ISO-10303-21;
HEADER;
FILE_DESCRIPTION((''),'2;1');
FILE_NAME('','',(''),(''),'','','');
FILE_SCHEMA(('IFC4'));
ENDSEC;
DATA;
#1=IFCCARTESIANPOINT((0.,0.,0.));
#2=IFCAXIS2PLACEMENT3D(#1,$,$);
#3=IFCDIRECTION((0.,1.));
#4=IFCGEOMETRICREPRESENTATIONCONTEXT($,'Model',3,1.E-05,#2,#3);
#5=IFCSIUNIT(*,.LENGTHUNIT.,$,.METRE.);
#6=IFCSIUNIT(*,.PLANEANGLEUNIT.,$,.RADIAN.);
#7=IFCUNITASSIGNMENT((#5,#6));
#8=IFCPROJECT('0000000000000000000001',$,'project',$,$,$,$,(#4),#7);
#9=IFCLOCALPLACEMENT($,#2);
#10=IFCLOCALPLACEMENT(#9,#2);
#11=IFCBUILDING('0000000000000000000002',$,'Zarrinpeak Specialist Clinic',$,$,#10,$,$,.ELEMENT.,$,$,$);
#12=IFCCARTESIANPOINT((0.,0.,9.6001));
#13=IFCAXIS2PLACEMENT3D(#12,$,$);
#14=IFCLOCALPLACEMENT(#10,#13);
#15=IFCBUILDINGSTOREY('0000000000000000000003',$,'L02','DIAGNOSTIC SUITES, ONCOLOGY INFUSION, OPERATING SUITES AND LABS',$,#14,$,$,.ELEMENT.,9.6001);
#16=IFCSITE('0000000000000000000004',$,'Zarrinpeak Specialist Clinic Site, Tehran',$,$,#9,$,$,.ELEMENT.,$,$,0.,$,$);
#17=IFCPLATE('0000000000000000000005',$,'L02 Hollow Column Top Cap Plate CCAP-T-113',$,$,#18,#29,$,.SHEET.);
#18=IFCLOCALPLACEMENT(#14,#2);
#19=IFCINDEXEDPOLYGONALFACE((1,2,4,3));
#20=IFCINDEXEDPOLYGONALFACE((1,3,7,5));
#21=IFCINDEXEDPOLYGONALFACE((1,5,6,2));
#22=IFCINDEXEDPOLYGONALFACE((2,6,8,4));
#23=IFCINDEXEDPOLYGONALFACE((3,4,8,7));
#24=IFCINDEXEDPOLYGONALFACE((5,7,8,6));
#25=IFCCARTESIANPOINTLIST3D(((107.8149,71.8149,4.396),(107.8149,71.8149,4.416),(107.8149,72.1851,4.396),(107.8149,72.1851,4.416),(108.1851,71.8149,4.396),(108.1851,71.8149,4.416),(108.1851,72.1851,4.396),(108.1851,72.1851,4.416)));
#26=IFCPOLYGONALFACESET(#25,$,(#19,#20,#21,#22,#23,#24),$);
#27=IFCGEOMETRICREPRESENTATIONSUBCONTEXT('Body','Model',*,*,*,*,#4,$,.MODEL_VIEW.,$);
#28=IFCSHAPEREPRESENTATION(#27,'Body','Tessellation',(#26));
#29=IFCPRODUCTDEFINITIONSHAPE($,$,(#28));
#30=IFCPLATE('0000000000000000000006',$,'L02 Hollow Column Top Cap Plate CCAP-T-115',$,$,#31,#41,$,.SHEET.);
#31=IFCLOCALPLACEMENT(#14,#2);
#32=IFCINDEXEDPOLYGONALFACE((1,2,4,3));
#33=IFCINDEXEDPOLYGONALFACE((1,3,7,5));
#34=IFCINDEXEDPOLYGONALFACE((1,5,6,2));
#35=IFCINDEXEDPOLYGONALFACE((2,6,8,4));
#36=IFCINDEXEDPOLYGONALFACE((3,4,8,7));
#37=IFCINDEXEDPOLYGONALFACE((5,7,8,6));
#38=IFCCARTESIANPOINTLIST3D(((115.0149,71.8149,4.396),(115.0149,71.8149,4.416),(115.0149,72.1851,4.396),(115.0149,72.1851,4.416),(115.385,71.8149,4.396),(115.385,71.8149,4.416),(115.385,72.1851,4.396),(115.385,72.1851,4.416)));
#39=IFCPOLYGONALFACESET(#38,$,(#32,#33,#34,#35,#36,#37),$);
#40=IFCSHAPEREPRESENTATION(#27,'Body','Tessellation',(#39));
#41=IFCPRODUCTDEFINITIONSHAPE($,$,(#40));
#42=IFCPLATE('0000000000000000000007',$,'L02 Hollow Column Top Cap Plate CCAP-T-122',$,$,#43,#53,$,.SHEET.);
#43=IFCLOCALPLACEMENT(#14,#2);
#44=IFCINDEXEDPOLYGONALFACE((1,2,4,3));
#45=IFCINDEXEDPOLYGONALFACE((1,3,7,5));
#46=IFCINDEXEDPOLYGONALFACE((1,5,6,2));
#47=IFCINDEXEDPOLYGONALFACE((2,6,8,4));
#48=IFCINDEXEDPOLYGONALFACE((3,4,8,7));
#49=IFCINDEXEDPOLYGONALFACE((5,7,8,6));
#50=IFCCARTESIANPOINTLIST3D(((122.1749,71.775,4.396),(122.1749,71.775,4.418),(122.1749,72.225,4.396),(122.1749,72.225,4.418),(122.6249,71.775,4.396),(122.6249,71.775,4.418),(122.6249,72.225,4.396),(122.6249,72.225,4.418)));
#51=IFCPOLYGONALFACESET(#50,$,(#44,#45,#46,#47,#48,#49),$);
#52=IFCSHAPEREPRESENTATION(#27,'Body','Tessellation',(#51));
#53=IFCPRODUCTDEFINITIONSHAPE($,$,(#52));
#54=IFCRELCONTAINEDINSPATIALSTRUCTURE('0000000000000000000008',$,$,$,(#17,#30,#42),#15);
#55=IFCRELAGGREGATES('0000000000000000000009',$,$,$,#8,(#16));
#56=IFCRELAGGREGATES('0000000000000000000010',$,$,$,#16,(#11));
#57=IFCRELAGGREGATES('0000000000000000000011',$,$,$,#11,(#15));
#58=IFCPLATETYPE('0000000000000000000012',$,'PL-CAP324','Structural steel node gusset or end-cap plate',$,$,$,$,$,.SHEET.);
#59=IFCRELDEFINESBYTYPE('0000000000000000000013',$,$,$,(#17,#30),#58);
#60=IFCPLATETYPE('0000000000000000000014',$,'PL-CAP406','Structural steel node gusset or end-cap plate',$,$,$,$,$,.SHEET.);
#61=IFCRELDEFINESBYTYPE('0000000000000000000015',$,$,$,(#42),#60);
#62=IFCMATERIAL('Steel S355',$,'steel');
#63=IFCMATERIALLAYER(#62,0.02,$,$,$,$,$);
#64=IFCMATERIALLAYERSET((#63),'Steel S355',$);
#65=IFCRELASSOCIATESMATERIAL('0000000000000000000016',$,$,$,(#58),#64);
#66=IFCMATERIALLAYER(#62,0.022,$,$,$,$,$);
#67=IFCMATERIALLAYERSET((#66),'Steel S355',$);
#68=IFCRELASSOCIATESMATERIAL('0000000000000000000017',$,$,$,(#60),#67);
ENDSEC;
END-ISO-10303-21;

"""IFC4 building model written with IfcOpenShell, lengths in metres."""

from ifc_helpers import new_model, si_unit, direction, frame, origin, origin_2d, place, context, subcontext, project, spatial, rectangle, extrude, material, layer, layer_set, type_object, element, save


model = new_model("IFC4")

# Units and contexts
model_context = context("Model", 3, precision=1e-05, world=origin(), true_north=direction((0.0, 1.0)))
body_context = subcontext(model_context, "Body", "Model", "MODEL_VIEW")
ifc_project = project(units=[si_unit("LENGTHUNIT", "METRE"), si_unit("PLANEANGLEUNIT", "RADIAN")], contexts=[model_context])

# Site, building, storey
site_placement = place(None, origin())
site = spatial("IfcSite", under=ifc_project, at=site_placement, Name="Zarrinpeak Specialist Clinic Site, Tehran", CompositionType="ELEMENT", RefElevation=0.0)
building_placement = place(site_placement, origin())
building = spatial("IfcBuilding", under=site, at=building_placement, Name="Zarrinpeak Specialist Clinic", CompositionType="ELEMENT")
storey_placement = place(building_placement, frame((0.0, 0.0, 9.6001)))
storey = spatial("IfcBuildingStorey", under=building, at=storey_placement, Name="L02", Description="DIAGNOSTIC SUITES, ONCOLOGY INFUSION, OPERATING SUITES AND LABS", CompositionType="ELEMENT", Elevation=9.6001)

# Shared definitions
ifc_material = material(Name="Steel S355", Category="steel")

# Plates
ifc_layer_1 = layer(ifc_material, 0.02)
ifc_layer_set_1 = layer_set([ifc_layer_1], Name="Steel S355")
plate_type_1 = type_object("IfcPlateType", Name="PL-CAP324", Description="Structural steel node gusset or end-cap plate", PredefinedType="SHEET", material=ifc_layer_set_1)
for number, where, z_axis, x_axis, name in (
    (1, (108.0, 72.0, 4.396), (0.0, 0.0, 1.0), (1.0, 0.0, 0.0), "L02 Hollow Column Top Cap Plate CCAP-T-113"),
    (2, (115.2, 72.0, 4.396), (0.0, 0.0, 1.0), (1.0, 0.0, 0.0), "L02 Hollow Column Top Cap Plate CCAP-T-115"),
):
    element("IfcPlate", number, at=place(storey_placement, frame(where, z_axis=z_axis, x_axis=x_axis)), inside=storey, type_object=plate_type_1, Name=name, PredefinedType="SHEET", context=body_context, shape_type="SweptSolid", body=[
        extrude(rectangle(XDim=0.3701, YDim=0.3701, at=origin_2d()), origin(), (0.0, 0.0, 1.0), 0.02),
    ])
ifc_layer_2 = layer(ifc_material, 0.022)
ifc_layer_set_2 = layer_set([ifc_layer_2], Name="Steel S355")
plate_type_2 = type_object("IfcPlateType", Name="PL-CAP406", Description="Structural steel node gusset or end-cap plate", PredefinedType="SHEET", material=ifc_layer_set_2)
plate_placement = place(storey_placement, frame((122.3999, 72.0, 4.396), z_axis=(0.0, 0.0, 1.0), x_axis=(1.0, 0.0, 0.0)))
element("IfcPlate", 3, at=plate_placement, inside=storey, type_object=plate_type_2, Name="L02 Hollow Column Top Cap Plate CCAP-T-122", PredefinedType="SHEET", context=body_context, shape_type="SweptSolid", body=[
    extrude(rectangle(XDim=0.45, YDim=0.45, at=origin_2d()), origin(), (0.0, 0.0, 1.0), 0.022),
])

save(model, "model.ifc")
